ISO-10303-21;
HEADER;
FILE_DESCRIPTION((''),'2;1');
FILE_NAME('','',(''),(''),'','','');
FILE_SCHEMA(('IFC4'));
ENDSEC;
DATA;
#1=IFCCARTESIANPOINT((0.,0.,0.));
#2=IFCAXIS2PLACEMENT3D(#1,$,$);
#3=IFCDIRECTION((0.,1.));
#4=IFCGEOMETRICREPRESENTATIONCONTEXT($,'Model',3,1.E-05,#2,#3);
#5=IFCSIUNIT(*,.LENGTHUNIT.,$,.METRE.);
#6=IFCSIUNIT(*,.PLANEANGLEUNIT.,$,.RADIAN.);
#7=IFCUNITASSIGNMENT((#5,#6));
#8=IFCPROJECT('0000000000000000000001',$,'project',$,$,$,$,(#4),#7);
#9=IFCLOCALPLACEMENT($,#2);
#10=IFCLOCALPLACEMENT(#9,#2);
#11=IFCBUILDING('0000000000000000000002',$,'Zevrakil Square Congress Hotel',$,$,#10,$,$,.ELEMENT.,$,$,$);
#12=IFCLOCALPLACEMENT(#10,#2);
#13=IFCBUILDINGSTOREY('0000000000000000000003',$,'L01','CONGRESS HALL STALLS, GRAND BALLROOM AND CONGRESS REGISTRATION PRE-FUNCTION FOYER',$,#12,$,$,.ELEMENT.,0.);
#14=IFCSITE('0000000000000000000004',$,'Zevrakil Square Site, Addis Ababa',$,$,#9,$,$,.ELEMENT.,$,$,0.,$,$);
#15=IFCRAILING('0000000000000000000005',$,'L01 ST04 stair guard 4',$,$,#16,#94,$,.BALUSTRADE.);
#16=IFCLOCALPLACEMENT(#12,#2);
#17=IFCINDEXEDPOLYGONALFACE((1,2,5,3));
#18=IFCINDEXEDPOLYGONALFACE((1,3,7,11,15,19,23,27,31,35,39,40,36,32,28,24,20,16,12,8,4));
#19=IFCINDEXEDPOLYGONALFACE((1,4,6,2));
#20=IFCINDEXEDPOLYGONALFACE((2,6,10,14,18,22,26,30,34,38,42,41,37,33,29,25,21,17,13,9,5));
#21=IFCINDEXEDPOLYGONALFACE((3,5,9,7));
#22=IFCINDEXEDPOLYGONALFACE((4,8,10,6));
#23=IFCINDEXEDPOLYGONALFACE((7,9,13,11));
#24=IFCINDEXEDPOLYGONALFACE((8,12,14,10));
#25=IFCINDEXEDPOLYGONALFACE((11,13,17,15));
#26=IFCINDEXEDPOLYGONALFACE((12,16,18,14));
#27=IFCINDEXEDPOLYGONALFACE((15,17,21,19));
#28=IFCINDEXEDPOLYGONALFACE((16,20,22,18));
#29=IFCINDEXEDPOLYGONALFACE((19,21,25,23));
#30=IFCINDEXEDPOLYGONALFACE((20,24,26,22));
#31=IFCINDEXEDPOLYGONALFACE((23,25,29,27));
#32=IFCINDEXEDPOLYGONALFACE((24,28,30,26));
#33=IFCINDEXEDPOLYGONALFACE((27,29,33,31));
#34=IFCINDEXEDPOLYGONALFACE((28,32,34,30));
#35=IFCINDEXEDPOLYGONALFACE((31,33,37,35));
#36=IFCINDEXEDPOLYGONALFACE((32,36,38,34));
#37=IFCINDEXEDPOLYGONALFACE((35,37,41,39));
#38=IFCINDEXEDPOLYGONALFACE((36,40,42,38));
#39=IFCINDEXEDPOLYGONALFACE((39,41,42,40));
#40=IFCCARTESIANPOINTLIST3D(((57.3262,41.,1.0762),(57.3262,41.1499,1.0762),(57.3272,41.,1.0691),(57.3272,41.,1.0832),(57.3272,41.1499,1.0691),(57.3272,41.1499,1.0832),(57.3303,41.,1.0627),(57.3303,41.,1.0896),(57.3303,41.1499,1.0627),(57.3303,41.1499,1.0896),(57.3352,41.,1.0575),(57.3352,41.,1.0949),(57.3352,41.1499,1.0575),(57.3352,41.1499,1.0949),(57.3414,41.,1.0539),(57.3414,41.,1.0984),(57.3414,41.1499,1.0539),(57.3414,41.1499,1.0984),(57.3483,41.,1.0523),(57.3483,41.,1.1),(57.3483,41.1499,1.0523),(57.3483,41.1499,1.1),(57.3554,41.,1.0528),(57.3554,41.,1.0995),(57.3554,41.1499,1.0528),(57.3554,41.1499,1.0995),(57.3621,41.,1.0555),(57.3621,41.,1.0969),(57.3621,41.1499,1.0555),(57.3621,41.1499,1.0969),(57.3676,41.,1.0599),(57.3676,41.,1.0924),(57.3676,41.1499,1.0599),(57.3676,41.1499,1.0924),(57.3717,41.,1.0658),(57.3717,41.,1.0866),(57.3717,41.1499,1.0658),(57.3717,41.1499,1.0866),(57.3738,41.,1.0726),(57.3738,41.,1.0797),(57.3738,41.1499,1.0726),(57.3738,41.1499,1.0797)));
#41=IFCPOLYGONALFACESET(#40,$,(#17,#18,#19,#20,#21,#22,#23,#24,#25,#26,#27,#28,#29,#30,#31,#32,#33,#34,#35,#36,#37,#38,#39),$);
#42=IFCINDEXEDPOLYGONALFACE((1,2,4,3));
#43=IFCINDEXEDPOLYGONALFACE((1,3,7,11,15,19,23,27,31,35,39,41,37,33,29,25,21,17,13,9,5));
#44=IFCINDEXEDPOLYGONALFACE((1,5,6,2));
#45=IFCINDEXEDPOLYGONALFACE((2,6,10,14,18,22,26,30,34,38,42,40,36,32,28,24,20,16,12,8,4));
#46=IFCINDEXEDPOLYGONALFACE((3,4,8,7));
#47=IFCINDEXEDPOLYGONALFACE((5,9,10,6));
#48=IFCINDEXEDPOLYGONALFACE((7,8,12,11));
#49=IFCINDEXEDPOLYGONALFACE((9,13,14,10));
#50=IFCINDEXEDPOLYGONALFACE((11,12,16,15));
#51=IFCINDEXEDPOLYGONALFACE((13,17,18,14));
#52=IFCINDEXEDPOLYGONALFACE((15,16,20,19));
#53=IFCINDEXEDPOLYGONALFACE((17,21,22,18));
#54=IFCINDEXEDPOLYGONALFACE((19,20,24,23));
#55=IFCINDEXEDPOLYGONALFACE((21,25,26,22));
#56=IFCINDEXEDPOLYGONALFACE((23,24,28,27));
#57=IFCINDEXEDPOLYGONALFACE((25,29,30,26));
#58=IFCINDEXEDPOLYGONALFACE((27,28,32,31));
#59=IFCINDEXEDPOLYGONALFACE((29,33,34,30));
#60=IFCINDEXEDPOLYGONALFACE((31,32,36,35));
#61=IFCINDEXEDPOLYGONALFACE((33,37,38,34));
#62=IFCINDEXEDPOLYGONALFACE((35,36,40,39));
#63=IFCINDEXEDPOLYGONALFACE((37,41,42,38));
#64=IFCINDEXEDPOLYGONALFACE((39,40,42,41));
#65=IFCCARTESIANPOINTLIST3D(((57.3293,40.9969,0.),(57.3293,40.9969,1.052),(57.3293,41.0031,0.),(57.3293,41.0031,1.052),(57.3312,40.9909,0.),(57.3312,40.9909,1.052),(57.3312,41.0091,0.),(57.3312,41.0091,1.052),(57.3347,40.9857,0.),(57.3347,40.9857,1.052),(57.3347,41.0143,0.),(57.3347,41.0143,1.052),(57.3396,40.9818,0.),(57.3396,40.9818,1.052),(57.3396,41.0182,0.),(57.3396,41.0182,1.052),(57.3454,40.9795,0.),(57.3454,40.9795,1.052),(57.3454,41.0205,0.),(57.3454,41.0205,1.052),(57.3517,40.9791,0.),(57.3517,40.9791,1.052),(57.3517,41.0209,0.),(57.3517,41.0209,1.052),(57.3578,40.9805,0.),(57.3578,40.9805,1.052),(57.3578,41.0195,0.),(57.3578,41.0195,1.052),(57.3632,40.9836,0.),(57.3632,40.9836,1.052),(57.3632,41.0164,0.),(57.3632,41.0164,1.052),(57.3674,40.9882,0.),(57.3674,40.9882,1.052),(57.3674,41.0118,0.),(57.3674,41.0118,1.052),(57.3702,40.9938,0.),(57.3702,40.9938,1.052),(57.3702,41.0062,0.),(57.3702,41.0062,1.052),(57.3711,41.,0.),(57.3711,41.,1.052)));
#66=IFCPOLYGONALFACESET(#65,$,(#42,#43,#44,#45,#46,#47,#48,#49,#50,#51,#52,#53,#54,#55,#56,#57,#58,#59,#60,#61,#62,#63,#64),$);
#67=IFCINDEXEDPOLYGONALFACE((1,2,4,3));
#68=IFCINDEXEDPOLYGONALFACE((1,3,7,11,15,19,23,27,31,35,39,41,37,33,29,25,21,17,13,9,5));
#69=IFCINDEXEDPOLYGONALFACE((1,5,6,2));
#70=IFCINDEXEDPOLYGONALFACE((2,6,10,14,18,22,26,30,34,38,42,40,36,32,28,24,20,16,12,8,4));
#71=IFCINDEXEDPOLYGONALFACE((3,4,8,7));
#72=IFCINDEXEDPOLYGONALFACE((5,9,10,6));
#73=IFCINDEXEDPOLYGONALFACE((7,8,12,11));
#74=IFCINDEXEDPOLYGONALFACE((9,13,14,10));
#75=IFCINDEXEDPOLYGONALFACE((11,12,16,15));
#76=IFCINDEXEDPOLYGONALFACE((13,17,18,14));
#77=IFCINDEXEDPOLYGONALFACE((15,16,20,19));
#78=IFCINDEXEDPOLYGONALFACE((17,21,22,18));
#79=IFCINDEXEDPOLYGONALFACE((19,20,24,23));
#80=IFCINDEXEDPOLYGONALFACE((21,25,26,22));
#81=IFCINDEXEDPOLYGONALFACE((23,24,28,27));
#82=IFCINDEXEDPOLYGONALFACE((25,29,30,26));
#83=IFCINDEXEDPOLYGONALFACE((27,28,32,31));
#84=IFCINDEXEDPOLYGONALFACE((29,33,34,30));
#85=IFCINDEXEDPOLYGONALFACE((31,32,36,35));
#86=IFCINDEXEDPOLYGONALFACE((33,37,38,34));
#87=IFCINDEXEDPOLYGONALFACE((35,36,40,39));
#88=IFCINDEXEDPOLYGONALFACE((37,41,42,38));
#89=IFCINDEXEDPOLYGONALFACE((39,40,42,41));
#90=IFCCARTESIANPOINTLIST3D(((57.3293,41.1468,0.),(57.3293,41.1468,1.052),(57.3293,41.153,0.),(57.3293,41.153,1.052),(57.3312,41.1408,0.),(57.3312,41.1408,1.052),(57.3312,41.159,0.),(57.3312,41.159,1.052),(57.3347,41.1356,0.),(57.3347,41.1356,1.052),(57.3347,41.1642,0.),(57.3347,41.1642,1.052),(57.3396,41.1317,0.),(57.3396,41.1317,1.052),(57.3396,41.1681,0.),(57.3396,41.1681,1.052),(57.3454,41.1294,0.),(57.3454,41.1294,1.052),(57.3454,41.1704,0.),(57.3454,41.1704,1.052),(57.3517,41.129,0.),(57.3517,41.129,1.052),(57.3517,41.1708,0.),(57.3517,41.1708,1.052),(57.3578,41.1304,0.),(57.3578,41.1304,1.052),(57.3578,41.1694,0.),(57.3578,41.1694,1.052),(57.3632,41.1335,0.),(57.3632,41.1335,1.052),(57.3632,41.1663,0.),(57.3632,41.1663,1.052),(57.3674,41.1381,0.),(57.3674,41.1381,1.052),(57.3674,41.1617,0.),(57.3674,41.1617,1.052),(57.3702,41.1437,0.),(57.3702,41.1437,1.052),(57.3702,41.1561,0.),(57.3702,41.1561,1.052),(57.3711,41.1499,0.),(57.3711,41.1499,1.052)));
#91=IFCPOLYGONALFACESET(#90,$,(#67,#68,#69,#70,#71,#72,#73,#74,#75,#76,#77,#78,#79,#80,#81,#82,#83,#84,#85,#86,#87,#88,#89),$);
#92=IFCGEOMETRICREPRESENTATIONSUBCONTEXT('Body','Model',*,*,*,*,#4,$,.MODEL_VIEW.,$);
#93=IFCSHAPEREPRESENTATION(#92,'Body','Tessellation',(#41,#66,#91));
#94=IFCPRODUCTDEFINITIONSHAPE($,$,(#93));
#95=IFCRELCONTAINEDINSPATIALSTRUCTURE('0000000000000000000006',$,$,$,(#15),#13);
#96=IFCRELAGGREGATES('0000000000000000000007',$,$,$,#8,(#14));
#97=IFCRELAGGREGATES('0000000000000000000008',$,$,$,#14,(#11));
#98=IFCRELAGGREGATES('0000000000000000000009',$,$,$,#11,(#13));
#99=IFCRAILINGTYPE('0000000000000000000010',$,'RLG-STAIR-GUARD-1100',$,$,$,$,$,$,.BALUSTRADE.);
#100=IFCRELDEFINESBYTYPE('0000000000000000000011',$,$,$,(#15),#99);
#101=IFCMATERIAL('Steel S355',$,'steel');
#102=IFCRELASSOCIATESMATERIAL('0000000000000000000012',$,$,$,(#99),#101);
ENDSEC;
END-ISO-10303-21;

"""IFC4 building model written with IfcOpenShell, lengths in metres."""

from ifc_helpers import new_model, si_unit, direction, frame, origin, origin_2d, place, context, subcontext, project, spatial, circle, extrude, material, type_object, element, save


model = new_model("IFC4")

# Units and contexts
model_context = context("Model", 3, precision=1e-05, world=origin(), true_north=direction((0.0, 1.0)))
body_context = subcontext(model_context, "Body", "Model", "MODEL_VIEW")
ifc_project = project(units=[si_unit("LENGTHUNIT", "METRE"), si_unit("PLANEANGLEUNIT", "RADIAN")], contexts=[model_context])

# Site, building, storey
site_placement = place(None, origin())
site = spatial("IfcSite", under=ifc_project, at=site_placement, Name="Zevrakil Square Site, Addis Ababa", CompositionType="ELEMENT", RefElevation=0.0)
building_placement = place(site_placement, origin())
building = spatial("IfcBuilding", under=site, at=building_placement, Name="Zevrakil Square Congress Hotel", CompositionType="ELEMENT")
storey_placement = place(building_placement, origin())
storey = spatial("IfcBuildingStorey", under=building, at=storey_placement, Name="L01", Description="CONGRESS HALL STALLS, GRAND BALLROOM AND CONGRESS REGISTRATION PRE-FUNCTION FOYER", CompositionType="ELEMENT", Elevation=0.0)

# Railing
ifc_material_1 = material(Name="Steel S355", Category="steel")
railing_type_1 = type_object("IfcRailingType", Name="RLG-STAIR-GUARD-1100", PredefinedType="BALUSTRADE", material=ifc_material_1)
railing_1_placement = place(storey_placement, frame((57.3501, 41.0, 0.0)))
element("IfcRailing", 1, at=railing_1_placement, inside=storey, type_object=railing_type_1, Name="L01 ST04 stair guard 4", PredefinedType="BALUSTRADE", context=body_context, shape_type="SweptSolid", body=[
    extrude(circle(Radius=0.0239, at=origin_2d()), frame((0.0, 0.0, 1.0762), z_axis=(0.0, 1.0, 0.0), x_axis=(-1.0, 0.0, 0.0)), (0.0, 0.0, 1.0), 0.1499),
    extrude(circle(Radius=0.021, at=origin_2d()), origin(), (0.0, 0.0, 1.0), 1.052),
    extrude(circle(Radius=0.021, at=origin_2d()), frame((0.0, 0.1499, 0.0)), (0.0, 0.0, 1.0), 1.052),
])

save(model, "model.ifc")
